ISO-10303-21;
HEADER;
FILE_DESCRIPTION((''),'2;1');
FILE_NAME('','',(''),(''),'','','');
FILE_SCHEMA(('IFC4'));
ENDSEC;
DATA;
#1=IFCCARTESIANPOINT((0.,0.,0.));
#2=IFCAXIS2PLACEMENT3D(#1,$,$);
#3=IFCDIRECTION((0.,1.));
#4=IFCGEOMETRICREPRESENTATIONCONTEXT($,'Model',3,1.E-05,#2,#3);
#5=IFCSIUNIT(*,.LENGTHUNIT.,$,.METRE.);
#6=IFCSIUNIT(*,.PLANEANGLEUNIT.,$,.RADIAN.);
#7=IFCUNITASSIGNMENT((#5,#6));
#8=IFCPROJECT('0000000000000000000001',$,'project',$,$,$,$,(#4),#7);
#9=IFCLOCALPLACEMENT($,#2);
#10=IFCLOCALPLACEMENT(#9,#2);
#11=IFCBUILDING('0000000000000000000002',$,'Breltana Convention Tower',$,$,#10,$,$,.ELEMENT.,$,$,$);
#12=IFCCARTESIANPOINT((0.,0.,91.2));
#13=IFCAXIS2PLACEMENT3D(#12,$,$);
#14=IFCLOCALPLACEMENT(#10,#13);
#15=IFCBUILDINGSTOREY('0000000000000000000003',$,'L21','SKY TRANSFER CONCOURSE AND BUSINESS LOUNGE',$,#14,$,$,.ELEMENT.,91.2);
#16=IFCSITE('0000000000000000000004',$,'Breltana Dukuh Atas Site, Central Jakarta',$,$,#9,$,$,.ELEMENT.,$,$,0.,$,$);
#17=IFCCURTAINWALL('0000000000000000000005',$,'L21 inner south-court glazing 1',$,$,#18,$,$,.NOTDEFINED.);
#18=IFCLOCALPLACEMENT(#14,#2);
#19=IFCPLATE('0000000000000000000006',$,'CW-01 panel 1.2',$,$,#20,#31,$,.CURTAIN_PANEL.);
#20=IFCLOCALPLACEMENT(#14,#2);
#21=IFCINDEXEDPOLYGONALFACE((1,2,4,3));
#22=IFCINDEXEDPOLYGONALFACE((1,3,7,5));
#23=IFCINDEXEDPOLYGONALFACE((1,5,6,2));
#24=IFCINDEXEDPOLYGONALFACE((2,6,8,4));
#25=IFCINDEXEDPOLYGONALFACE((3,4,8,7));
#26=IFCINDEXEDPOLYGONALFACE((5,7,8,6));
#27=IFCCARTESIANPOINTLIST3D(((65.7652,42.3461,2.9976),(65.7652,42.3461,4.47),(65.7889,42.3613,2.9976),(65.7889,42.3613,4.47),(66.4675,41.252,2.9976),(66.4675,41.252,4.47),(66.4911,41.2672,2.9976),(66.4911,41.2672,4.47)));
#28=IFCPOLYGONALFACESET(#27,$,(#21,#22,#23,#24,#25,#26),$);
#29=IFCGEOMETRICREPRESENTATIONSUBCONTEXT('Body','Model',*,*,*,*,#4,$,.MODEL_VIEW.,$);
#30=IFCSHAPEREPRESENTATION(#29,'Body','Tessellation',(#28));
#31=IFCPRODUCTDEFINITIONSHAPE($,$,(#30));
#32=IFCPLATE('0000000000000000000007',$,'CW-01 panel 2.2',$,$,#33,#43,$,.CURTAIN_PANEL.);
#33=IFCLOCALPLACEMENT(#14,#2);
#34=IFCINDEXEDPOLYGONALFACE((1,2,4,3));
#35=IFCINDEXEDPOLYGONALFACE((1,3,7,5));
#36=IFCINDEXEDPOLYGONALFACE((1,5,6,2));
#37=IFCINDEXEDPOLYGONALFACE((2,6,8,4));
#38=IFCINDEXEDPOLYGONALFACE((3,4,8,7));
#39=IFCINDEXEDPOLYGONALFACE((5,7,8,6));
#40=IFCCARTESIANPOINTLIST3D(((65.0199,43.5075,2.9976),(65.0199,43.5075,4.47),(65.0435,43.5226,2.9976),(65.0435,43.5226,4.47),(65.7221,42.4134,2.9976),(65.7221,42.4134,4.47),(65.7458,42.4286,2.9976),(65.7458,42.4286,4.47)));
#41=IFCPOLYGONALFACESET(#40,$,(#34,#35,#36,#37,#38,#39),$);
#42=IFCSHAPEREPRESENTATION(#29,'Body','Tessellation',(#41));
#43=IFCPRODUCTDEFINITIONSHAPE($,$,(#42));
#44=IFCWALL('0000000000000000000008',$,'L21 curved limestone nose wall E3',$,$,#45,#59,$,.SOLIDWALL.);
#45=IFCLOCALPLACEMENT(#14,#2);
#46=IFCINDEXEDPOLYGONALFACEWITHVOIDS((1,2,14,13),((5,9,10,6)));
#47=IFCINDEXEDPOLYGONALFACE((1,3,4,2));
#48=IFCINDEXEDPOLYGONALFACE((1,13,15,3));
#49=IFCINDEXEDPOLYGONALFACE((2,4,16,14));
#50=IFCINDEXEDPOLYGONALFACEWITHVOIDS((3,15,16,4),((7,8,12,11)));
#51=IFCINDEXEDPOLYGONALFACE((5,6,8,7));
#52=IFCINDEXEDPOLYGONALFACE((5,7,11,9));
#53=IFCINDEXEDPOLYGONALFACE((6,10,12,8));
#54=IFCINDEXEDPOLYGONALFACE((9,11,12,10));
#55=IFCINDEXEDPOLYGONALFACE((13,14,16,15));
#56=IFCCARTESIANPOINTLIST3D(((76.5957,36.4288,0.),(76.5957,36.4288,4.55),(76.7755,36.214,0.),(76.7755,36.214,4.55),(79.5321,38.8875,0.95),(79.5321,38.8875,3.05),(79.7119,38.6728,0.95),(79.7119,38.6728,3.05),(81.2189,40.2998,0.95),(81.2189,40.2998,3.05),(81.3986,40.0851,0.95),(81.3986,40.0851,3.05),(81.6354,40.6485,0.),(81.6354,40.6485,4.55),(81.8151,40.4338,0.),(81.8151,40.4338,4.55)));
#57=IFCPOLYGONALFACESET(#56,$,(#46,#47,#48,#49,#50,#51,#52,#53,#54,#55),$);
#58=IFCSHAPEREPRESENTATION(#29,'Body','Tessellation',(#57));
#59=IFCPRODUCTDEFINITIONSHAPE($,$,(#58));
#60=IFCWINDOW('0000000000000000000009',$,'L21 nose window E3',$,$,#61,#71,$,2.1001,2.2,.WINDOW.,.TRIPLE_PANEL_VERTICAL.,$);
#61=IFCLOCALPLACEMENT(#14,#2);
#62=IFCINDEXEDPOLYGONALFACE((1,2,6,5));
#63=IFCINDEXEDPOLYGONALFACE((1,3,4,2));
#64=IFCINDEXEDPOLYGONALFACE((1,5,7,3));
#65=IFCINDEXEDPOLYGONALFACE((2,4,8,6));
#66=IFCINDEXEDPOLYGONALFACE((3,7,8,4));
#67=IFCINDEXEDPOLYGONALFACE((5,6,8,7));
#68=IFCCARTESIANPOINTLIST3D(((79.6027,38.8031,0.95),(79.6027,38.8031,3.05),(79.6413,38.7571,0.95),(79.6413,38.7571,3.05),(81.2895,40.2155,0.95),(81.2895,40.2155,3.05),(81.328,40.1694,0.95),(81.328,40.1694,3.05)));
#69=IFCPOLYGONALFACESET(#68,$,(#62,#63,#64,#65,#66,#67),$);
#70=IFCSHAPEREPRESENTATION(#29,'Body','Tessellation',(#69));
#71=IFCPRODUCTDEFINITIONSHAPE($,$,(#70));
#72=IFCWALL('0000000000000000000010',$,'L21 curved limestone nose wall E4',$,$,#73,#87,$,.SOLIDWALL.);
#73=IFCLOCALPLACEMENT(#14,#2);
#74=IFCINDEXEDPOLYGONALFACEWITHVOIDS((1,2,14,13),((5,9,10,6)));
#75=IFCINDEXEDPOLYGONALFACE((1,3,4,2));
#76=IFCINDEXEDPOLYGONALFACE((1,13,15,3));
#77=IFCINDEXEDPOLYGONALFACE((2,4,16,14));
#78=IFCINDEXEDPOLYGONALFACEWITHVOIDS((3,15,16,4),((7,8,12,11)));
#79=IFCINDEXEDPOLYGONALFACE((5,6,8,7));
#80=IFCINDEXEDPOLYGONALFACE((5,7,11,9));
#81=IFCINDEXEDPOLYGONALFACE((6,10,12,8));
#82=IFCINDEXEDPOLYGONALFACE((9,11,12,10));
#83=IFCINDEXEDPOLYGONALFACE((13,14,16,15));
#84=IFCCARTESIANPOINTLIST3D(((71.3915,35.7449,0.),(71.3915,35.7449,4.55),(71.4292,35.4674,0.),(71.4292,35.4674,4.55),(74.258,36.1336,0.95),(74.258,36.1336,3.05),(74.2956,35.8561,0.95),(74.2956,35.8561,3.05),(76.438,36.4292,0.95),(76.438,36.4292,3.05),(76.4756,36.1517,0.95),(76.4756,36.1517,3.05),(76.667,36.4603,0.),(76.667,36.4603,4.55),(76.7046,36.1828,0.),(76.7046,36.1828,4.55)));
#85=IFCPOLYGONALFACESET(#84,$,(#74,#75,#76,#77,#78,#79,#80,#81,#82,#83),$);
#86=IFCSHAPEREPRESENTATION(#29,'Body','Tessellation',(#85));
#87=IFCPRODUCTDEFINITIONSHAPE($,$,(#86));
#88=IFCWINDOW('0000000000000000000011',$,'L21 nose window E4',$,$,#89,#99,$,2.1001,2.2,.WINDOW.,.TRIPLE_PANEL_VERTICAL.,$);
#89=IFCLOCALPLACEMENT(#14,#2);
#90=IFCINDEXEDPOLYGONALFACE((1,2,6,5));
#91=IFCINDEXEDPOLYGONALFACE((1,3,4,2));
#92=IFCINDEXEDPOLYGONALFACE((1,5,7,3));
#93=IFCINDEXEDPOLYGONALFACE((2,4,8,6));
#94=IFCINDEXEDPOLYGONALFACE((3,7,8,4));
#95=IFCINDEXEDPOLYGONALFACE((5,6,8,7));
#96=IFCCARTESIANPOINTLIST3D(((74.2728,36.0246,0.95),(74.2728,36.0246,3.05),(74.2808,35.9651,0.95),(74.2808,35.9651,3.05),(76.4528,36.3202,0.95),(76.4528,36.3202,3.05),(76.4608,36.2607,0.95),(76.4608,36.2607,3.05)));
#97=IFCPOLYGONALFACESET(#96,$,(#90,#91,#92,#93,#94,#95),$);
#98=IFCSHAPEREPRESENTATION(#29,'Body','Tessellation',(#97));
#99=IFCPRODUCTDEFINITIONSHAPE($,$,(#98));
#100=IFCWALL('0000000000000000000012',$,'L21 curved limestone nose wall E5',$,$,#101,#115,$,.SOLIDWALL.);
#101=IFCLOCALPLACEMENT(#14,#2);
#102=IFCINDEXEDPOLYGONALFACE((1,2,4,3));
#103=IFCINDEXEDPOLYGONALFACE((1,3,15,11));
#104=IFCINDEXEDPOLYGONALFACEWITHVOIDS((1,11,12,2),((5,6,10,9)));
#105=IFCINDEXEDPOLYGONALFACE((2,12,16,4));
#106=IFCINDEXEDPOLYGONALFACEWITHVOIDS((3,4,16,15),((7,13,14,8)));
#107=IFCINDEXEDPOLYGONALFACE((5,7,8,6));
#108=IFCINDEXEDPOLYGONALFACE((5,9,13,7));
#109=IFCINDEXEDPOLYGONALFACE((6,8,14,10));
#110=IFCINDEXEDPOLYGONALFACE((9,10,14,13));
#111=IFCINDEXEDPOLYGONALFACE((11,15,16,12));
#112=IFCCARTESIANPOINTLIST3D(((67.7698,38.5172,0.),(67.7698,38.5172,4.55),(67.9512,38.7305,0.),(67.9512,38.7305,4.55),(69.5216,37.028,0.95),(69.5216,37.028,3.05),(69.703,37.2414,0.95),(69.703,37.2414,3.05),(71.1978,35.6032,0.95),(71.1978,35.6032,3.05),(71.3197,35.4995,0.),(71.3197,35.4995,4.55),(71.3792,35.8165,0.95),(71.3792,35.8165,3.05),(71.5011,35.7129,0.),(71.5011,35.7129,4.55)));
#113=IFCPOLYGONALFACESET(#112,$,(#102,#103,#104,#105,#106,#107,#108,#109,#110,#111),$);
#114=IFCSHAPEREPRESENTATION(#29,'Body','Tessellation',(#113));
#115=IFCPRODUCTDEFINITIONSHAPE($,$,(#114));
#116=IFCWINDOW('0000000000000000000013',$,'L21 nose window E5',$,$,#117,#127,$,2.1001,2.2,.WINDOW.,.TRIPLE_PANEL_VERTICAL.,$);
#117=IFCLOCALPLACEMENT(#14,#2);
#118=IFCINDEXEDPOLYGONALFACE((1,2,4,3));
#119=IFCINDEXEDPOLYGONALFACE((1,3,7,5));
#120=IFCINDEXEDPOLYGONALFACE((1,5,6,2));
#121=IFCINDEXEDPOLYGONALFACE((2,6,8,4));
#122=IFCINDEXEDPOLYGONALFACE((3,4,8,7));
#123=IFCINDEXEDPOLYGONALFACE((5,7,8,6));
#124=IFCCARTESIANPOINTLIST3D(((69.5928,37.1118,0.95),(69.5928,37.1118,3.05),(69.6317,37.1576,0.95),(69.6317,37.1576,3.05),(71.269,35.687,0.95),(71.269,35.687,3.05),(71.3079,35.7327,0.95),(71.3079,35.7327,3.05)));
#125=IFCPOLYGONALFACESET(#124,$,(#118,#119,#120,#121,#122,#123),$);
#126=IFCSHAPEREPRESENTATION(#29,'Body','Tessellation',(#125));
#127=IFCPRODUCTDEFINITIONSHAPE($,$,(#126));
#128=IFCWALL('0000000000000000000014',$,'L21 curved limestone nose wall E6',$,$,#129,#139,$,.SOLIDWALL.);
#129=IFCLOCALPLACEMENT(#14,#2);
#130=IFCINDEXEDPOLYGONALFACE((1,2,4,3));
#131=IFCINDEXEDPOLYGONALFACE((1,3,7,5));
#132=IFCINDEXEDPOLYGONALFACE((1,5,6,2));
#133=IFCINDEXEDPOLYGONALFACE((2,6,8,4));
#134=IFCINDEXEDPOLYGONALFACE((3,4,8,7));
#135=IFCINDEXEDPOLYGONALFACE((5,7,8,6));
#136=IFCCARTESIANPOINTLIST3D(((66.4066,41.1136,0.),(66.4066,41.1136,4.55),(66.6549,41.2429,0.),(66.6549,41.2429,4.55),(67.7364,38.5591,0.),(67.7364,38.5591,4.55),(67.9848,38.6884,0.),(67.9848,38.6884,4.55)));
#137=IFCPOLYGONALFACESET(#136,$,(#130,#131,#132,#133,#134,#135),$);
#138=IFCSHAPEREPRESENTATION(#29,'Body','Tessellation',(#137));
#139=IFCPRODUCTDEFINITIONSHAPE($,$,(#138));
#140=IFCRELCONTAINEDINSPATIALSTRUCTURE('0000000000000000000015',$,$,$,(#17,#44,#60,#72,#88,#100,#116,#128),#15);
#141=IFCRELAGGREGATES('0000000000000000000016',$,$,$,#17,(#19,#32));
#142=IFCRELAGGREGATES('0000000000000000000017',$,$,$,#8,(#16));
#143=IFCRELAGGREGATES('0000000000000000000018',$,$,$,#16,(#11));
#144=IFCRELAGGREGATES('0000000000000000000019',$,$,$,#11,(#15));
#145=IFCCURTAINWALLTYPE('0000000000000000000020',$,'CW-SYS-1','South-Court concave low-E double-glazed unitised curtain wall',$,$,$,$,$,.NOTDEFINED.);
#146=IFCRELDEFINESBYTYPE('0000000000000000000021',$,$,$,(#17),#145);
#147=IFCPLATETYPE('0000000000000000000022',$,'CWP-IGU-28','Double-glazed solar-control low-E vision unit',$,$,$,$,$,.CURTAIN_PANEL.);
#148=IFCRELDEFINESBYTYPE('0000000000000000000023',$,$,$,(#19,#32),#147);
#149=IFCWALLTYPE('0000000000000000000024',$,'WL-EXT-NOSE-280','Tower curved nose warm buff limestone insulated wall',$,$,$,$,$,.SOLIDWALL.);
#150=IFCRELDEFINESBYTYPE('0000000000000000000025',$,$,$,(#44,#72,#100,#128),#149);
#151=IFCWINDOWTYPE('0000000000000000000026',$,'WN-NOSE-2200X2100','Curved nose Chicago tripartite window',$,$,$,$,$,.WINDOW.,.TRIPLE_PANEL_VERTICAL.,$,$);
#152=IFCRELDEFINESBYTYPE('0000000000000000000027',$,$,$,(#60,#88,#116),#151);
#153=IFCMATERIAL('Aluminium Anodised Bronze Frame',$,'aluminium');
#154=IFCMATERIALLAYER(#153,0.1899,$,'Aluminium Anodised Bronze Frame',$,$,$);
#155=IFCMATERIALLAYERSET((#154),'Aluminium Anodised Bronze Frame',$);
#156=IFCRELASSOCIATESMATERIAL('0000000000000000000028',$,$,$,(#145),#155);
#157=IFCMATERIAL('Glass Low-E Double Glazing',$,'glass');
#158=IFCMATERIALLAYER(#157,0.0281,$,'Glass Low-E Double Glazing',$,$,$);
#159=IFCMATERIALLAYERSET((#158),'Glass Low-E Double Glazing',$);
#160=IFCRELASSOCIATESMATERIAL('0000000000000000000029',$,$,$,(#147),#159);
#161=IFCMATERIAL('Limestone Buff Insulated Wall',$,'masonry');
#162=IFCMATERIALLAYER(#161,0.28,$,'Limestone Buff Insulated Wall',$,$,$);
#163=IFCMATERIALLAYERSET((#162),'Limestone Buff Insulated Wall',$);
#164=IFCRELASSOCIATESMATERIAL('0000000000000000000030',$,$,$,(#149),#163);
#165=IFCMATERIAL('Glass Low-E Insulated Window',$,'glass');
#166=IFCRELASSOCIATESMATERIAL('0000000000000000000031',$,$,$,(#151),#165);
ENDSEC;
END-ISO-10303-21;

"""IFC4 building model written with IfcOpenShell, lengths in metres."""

from ifc_helpers import new_model, si_unit, direction, frame, frame_2d, origin, origin_2d, place, context, subcontext, project, spatial, rectangle, extrude, source, transform, mapped, material, layer, layer_set, type_object, type_shapes, element, fill, aggregate, save


model = new_model("IFC4")

# Units and contexts
model_context = context("Model", 3, precision=1e-05, world=origin(), true_north=direction((0.0, 1.0)))
body_context = subcontext(model_context, "Body", "Model", "MODEL_VIEW")
ifc_project = project(units=[si_unit("LENGTHUNIT", "METRE"), si_unit("PLANEANGLEUNIT", "RADIAN")], contexts=[model_context])

# Site, building, storey
site_placement = place(None, origin())
site = spatial("IfcSite", under=ifc_project, at=site_placement, Name="Breltana Dukuh Atas Site, Central Jakarta", CompositionType="ELEMENT", RefElevation=0.0)
building_placement = place(site_placement, origin())
building = spatial("IfcBuilding", under=site, at=building_placement, Name="Breltana Convention Tower", CompositionType="ELEMENT")
storey_placement = place(building_placement, frame((0.0, 0.0, 91.2)))
storey = spatial("IfcBuildingStorey", under=building, at=storey_placement, Name="L21", Description="SKY TRANSFER CONCOURSE AND BUSINESS LOUNGE", CompositionType="ELEMENT", Elevation=91.2)

# Curtain wall, plates
ifc_material_1 = material(Name="Aluminium Anodised Bronze Frame", Category="aluminium")
ifc_layer_1 = layer(ifc_material_1, 0.1899, Name="Aluminium Anodised Bronze Frame")
ifc_layer_set_1 = layer_set([ifc_layer_1], Name="Aluminium Anodised Bronze Frame")
curtain_wall_type = type_object("IfcCurtainWallType", Name="CW-SYS-1", Description="South-Court concave low-E double-glazed unitised curtain wall", PredefinedType="NOTDEFINED", material=ifc_layer_set_1)
curtain_wall_placement = place(storey_placement, origin())
curtain_wall = element("IfcCurtainWall", 1, at=curtain_wall_placement, inside=storey, type_object=curtain_wall_type, Name="L21 inner south-court glazing 1", PredefinedType="NOTDEFINED")
ifc_material_2 = material(Name="Glass Low-E Double Glazing", Category="glass")
ifc_layer_2 = layer(ifc_material_2, 0.0281, Name="Glass Low-E Double Glazing")
ifc_layer_set_2 = layer_set([ifc_layer_2], Name="Glass Low-E Double Glazing")
plate_type = type_object("IfcPlateType", Name="CWP-IGU-28", Description="Double-glazed solar-control low-E vision unit", PredefinedType="CURTAIN_PANEL", material=ifc_layer_set_2)
shared_shape_1 = source(origin(), body_context, "Body", "SweptSolid", [
    extrude(rectangle(XDim=1.3, YDim=0.0281, at=origin_2d()), origin(), (0.0, 0.0, 1.0), 1.4724),
])
plate_1_placement = place(storey_placement, frame((66.1282, 41.8066, 2.9976), z_axis=(0.0, 0.0, 1.0), x_axis=(-0.540177, 0.841551, 0.0)))
plate_1 = element("IfcPlate", 2, at=plate_1_placement, type_object=plate_type, Name="CW-01 panel 1.2", PredefinedType="CURTAIN_PANEL", context=body_context, shape_type="MappedRepresentation", body=[
    mapped(shared_shape_1, transform((0.0, 0.0, 0.0), scale=1.0)),
])
plate_2_placement = place(storey_placement, frame((65.3828, 42.968, 2.9976), z_axis=(0.0, 0.0, 1.0), x_axis=(-0.540177, 0.841551, 0.0)))
plate_2 = element("IfcPlate", 3, at=plate_2_placement, type_object=plate_type, Name="CW-01 panel 2.2", PredefinedType="CURTAIN_PANEL", context=body_context, shape_type="MappedRepresentation", body=[
    mapped(shared_shape_1, transform((0.0, 0.0, 0.0), scale=1.0)),
])
aggregate(curtain_wall, [plate_1, plate_2])

# Walls, openings, windows
ifc_material_3 = material(Name="Limestone Buff Insulated Wall", Category="masonry")
ifc_layer_3 = layer(ifc_material_3, 0.28, Name="Limestone Buff Insulated Wall")
ifc_layer_set_3 = layer_set([ifc_layer_3], Name="Limestone Buff Insulated Wall")
wall_type = type_object("IfcWallType", Name="WL-EXT-NOSE-280", Description="Tower curved nose warm buff limestone insulated wall", PredefinedType="SOLIDWALL", material=ifc_layer_set_3)
shared_shape_2 = source(origin(), body_context, "Body", "SweptSolid", [
    extrude(rectangle(XDim=6.573, YDim=0.28, at=frame_2d((3.2866, 0.0))), origin(), (0.0, 0.0, 1.0), 4.55),
])
wall_1_placement = place(storey_placement, frame((81.7253, 40.5413, 0.0), z_axis=(0.0, 0.0, 1.0), x_axis=(-0.766715, -0.641987, 0.0)))
wall_1 = element("IfcWall", 4, at=wall_1_placement, inside=storey, type_object=wall_type, Name="L21 curved limestone nose wall E3", PredefinedType="SOLIDWALL", context=body_context, shape_type="MappedRepresentation", body=[
    mapped(shared_shape_2, transform((0.0, 0.0, 0.0), scale=1.0)),
])
opening_1_placement = place(wall_1_placement, frame((0.5432, 0.0, 0.95)))
opening_1 = element("IfcOpeningElement", 5, at=opening_1_placement, cuts=wall_1, PredefinedType="OPENING", context=body_context, shape_type="SweptSolid", body=[
    extrude(rectangle(XDim=2.2, YDim=2.1001, at=frame_2d((1.1001, 1.05))), frame((0.0, 0.1499, 0.0), z_axis=(0.0, -1.0, 0.0), x_axis=(1.0, 0.0, 0.0)), (0.0, 0.0, 1.0), 0.3),
])
ifc_material_4 = material(Name="Glass Low-E Insulated Window", Category="glass")
window_type = type_object("IfcWindowType", Name="WN-NOSE-2200X2100", Description="Curved nose Chicago tripartite window", PartitioningType="TRIPLE_PANEL_VERTICAL", PredefinedType="WINDOW", material=ifc_material_4)
shared_shape_3 = source(origin(), body_context, "Body", "SweptSolid", [
    extrude(rectangle(XDim=2.2, YDim=2.1001, at=frame_2d((1.1001, 1.05))), frame((0.0, 0.03, 0.0), z_axis=(0.0, -1.0, 0.0), x_axis=(1.0, 0.0, 0.0)), (0.0, 0.0, 1.0), 0.0601),
])
type_shapes(window_type, [shared_shape_3])
window_1_placement = place(opening_1_placement, origin())
window_1 = element("IfcWindow", 6, at=window_1_placement, inside=storey, type_object=window_type, Name="L21 nose window E3", OverallHeight=2.1001, OverallWidth=2.2, PartitioningType="TRIPLE_PANEL_VERTICAL", PredefinedType="WINDOW", context=body_context, shape_type="MappedRepresentation", body=[
    mapped(shared_shape_3, transform((0.0, 0.0, 0.0), scale=1.0)),
])
fill(opening_1, window_1)
shared_shape_4 = source(origin(), body_context, "Body", "SweptSolid", [
    extrude(rectangle(XDim=5.3237, YDim=0.28, at=frame_2d((2.6619, 0.0))), origin(), (0.0, 0.0, 1.0), 4.55),
])
wall_2_placement = place(storey_placement, frame((76.6858, 36.3215, 0.0), z_axis=(0.0, 0.0, 1.0), x_axis=(-0.990931, -0.134368, 0.0)))
wall_2 = element("IfcWall", 7, at=wall_2_placement, inside=storey, type_object=wall_type, Name="L21 curved limestone nose wall E4", PredefinedType="SOLIDWALL", context=body_context, shape_type="MappedRepresentation", body=[
    mapped(shared_shape_4, transform((0.0, 0.0, 0.0), scale=1.0)),
])
opening_2_placement = place(wall_2_placement, frame((0.231, 0.0, 0.95)))
opening_2 = element("IfcOpeningElement", 8, at=opening_2_placement, cuts=wall_2, PredefinedType="OPENING", context=body_context, shape_type="SweptSolid", body=[
    extrude(rectangle(XDim=2.2, YDim=2.1001, at=frame_2d((1.1001, 1.05))), frame((0.0, 0.1499, 0.0), z_axis=(0.0, -1.0, 0.0), x_axis=(1.0, 0.0, 0.0)), (0.0, 0.0, 1.0), 0.3),
])
window_2_placement = place(opening_2_placement, origin())
window_2 = element("IfcWindow", 9, at=window_2_placement, inside=storey, type_object=window_type, Name="L21 nose window E4", OverallHeight=2.1001, OverallWidth=2.2, PartitioningType="TRIPLE_PANEL_VERTICAL", PredefinedType="WINDOW", context=body_context, shape_type="MappedRepresentation", body=[
    mapped(shared_shape_3, transform((0.0, 0.0, 0.0), scale=1.0)),
])
fill(opening_2, window_2)
shared_shape_5 = source(origin(), body_context, "Body", "SweptSolid", [
    extrude(rectangle(XDim=4.6592, YDim=0.28, at=frame_2d((2.3296, 0.0))), origin(), (0.0, 0.0, 1.0), 4.55),
])
wall_3_placement = place(storey_placement, frame((71.4104, 35.6062, 0.0), z_axis=(0.0, 0.0, 1.0), x_axis=(-0.761913, 0.647679, 0.0)))
wall_3 = element("IfcWall", 10, at=wall_3_placement, inside=storey, type_object=wall_type, Name="L21 curved limestone nose wall E5", PredefinedType="SOLIDWALL", context=body_context, shape_type="MappedRepresentation", body=[
    mapped(shared_shape_5, transform((0.0, 0.0, 0.0), scale=1.0)),
])
opening_3_placement = place(wall_3_placement, frame((0.1599, 0.0, 0.95)))
opening_3 = element("IfcOpeningElement", 11, at=opening_3_placement, cuts=wall_3, PredefinedType="OPENING", context=body_context, shape_type="SweptSolid", body=[
    extrude(rectangle(XDim=2.2, YDim=2.1001, at=frame_2d((1.1001, 1.05))), frame((0.0, 0.1499, 0.0), z_axis=(0.0, -1.0, 0.0), x_axis=(1.0, 0.0, 0.0)), (0.0, 0.0, 1.0), 0.3),
])
window_3_placement = place(opening_3_placement, origin())
window_3 = element("IfcWindow", 12, at=window_3_placement, inside=storey, type_object=window_type, Name="L21 nose window E5", OverallHeight=2.1001, OverallWidth=2.2, PartitioningType="TRIPLE_PANEL_VERTICAL", PredefinedType="WINDOW", context=body_context, shape_type="MappedRepresentation", body=[
    mapped(shared_shape_3, transform((0.0, 0.0, 0.0), scale=1.0)),
])
fill(opening_3, window_3)

# Wall
shared_shape_6 = source(origin(), body_context, "Body", "SweptSolid", [
    extrude(rectangle(XDim=2.8799, YDim=0.28, at=frame_2d((1.4399, 0.0))), origin(), (0.0, 0.0, 1.0), 4.55),
])
wall_4_placement = place(storey_placement, frame((67.8606, 38.6238, 0.0), z_axis=(0.0, 0.0, 1.0), x_axis=(-0.461769, 0.887, 0.0)))
element("IfcWall", 13, at=wall_4_placement, inside=storey, type_object=wall_type, Name="L21 curved limestone nose wall E6", PredefinedType="SOLIDWALL", context=body_context, shape_type="MappedRepresentation", body=[
    mapped(shared_shape_6, transform((0.0, 0.0, 0.0), scale=1.0)),
])

save(model, "model.ifc")
